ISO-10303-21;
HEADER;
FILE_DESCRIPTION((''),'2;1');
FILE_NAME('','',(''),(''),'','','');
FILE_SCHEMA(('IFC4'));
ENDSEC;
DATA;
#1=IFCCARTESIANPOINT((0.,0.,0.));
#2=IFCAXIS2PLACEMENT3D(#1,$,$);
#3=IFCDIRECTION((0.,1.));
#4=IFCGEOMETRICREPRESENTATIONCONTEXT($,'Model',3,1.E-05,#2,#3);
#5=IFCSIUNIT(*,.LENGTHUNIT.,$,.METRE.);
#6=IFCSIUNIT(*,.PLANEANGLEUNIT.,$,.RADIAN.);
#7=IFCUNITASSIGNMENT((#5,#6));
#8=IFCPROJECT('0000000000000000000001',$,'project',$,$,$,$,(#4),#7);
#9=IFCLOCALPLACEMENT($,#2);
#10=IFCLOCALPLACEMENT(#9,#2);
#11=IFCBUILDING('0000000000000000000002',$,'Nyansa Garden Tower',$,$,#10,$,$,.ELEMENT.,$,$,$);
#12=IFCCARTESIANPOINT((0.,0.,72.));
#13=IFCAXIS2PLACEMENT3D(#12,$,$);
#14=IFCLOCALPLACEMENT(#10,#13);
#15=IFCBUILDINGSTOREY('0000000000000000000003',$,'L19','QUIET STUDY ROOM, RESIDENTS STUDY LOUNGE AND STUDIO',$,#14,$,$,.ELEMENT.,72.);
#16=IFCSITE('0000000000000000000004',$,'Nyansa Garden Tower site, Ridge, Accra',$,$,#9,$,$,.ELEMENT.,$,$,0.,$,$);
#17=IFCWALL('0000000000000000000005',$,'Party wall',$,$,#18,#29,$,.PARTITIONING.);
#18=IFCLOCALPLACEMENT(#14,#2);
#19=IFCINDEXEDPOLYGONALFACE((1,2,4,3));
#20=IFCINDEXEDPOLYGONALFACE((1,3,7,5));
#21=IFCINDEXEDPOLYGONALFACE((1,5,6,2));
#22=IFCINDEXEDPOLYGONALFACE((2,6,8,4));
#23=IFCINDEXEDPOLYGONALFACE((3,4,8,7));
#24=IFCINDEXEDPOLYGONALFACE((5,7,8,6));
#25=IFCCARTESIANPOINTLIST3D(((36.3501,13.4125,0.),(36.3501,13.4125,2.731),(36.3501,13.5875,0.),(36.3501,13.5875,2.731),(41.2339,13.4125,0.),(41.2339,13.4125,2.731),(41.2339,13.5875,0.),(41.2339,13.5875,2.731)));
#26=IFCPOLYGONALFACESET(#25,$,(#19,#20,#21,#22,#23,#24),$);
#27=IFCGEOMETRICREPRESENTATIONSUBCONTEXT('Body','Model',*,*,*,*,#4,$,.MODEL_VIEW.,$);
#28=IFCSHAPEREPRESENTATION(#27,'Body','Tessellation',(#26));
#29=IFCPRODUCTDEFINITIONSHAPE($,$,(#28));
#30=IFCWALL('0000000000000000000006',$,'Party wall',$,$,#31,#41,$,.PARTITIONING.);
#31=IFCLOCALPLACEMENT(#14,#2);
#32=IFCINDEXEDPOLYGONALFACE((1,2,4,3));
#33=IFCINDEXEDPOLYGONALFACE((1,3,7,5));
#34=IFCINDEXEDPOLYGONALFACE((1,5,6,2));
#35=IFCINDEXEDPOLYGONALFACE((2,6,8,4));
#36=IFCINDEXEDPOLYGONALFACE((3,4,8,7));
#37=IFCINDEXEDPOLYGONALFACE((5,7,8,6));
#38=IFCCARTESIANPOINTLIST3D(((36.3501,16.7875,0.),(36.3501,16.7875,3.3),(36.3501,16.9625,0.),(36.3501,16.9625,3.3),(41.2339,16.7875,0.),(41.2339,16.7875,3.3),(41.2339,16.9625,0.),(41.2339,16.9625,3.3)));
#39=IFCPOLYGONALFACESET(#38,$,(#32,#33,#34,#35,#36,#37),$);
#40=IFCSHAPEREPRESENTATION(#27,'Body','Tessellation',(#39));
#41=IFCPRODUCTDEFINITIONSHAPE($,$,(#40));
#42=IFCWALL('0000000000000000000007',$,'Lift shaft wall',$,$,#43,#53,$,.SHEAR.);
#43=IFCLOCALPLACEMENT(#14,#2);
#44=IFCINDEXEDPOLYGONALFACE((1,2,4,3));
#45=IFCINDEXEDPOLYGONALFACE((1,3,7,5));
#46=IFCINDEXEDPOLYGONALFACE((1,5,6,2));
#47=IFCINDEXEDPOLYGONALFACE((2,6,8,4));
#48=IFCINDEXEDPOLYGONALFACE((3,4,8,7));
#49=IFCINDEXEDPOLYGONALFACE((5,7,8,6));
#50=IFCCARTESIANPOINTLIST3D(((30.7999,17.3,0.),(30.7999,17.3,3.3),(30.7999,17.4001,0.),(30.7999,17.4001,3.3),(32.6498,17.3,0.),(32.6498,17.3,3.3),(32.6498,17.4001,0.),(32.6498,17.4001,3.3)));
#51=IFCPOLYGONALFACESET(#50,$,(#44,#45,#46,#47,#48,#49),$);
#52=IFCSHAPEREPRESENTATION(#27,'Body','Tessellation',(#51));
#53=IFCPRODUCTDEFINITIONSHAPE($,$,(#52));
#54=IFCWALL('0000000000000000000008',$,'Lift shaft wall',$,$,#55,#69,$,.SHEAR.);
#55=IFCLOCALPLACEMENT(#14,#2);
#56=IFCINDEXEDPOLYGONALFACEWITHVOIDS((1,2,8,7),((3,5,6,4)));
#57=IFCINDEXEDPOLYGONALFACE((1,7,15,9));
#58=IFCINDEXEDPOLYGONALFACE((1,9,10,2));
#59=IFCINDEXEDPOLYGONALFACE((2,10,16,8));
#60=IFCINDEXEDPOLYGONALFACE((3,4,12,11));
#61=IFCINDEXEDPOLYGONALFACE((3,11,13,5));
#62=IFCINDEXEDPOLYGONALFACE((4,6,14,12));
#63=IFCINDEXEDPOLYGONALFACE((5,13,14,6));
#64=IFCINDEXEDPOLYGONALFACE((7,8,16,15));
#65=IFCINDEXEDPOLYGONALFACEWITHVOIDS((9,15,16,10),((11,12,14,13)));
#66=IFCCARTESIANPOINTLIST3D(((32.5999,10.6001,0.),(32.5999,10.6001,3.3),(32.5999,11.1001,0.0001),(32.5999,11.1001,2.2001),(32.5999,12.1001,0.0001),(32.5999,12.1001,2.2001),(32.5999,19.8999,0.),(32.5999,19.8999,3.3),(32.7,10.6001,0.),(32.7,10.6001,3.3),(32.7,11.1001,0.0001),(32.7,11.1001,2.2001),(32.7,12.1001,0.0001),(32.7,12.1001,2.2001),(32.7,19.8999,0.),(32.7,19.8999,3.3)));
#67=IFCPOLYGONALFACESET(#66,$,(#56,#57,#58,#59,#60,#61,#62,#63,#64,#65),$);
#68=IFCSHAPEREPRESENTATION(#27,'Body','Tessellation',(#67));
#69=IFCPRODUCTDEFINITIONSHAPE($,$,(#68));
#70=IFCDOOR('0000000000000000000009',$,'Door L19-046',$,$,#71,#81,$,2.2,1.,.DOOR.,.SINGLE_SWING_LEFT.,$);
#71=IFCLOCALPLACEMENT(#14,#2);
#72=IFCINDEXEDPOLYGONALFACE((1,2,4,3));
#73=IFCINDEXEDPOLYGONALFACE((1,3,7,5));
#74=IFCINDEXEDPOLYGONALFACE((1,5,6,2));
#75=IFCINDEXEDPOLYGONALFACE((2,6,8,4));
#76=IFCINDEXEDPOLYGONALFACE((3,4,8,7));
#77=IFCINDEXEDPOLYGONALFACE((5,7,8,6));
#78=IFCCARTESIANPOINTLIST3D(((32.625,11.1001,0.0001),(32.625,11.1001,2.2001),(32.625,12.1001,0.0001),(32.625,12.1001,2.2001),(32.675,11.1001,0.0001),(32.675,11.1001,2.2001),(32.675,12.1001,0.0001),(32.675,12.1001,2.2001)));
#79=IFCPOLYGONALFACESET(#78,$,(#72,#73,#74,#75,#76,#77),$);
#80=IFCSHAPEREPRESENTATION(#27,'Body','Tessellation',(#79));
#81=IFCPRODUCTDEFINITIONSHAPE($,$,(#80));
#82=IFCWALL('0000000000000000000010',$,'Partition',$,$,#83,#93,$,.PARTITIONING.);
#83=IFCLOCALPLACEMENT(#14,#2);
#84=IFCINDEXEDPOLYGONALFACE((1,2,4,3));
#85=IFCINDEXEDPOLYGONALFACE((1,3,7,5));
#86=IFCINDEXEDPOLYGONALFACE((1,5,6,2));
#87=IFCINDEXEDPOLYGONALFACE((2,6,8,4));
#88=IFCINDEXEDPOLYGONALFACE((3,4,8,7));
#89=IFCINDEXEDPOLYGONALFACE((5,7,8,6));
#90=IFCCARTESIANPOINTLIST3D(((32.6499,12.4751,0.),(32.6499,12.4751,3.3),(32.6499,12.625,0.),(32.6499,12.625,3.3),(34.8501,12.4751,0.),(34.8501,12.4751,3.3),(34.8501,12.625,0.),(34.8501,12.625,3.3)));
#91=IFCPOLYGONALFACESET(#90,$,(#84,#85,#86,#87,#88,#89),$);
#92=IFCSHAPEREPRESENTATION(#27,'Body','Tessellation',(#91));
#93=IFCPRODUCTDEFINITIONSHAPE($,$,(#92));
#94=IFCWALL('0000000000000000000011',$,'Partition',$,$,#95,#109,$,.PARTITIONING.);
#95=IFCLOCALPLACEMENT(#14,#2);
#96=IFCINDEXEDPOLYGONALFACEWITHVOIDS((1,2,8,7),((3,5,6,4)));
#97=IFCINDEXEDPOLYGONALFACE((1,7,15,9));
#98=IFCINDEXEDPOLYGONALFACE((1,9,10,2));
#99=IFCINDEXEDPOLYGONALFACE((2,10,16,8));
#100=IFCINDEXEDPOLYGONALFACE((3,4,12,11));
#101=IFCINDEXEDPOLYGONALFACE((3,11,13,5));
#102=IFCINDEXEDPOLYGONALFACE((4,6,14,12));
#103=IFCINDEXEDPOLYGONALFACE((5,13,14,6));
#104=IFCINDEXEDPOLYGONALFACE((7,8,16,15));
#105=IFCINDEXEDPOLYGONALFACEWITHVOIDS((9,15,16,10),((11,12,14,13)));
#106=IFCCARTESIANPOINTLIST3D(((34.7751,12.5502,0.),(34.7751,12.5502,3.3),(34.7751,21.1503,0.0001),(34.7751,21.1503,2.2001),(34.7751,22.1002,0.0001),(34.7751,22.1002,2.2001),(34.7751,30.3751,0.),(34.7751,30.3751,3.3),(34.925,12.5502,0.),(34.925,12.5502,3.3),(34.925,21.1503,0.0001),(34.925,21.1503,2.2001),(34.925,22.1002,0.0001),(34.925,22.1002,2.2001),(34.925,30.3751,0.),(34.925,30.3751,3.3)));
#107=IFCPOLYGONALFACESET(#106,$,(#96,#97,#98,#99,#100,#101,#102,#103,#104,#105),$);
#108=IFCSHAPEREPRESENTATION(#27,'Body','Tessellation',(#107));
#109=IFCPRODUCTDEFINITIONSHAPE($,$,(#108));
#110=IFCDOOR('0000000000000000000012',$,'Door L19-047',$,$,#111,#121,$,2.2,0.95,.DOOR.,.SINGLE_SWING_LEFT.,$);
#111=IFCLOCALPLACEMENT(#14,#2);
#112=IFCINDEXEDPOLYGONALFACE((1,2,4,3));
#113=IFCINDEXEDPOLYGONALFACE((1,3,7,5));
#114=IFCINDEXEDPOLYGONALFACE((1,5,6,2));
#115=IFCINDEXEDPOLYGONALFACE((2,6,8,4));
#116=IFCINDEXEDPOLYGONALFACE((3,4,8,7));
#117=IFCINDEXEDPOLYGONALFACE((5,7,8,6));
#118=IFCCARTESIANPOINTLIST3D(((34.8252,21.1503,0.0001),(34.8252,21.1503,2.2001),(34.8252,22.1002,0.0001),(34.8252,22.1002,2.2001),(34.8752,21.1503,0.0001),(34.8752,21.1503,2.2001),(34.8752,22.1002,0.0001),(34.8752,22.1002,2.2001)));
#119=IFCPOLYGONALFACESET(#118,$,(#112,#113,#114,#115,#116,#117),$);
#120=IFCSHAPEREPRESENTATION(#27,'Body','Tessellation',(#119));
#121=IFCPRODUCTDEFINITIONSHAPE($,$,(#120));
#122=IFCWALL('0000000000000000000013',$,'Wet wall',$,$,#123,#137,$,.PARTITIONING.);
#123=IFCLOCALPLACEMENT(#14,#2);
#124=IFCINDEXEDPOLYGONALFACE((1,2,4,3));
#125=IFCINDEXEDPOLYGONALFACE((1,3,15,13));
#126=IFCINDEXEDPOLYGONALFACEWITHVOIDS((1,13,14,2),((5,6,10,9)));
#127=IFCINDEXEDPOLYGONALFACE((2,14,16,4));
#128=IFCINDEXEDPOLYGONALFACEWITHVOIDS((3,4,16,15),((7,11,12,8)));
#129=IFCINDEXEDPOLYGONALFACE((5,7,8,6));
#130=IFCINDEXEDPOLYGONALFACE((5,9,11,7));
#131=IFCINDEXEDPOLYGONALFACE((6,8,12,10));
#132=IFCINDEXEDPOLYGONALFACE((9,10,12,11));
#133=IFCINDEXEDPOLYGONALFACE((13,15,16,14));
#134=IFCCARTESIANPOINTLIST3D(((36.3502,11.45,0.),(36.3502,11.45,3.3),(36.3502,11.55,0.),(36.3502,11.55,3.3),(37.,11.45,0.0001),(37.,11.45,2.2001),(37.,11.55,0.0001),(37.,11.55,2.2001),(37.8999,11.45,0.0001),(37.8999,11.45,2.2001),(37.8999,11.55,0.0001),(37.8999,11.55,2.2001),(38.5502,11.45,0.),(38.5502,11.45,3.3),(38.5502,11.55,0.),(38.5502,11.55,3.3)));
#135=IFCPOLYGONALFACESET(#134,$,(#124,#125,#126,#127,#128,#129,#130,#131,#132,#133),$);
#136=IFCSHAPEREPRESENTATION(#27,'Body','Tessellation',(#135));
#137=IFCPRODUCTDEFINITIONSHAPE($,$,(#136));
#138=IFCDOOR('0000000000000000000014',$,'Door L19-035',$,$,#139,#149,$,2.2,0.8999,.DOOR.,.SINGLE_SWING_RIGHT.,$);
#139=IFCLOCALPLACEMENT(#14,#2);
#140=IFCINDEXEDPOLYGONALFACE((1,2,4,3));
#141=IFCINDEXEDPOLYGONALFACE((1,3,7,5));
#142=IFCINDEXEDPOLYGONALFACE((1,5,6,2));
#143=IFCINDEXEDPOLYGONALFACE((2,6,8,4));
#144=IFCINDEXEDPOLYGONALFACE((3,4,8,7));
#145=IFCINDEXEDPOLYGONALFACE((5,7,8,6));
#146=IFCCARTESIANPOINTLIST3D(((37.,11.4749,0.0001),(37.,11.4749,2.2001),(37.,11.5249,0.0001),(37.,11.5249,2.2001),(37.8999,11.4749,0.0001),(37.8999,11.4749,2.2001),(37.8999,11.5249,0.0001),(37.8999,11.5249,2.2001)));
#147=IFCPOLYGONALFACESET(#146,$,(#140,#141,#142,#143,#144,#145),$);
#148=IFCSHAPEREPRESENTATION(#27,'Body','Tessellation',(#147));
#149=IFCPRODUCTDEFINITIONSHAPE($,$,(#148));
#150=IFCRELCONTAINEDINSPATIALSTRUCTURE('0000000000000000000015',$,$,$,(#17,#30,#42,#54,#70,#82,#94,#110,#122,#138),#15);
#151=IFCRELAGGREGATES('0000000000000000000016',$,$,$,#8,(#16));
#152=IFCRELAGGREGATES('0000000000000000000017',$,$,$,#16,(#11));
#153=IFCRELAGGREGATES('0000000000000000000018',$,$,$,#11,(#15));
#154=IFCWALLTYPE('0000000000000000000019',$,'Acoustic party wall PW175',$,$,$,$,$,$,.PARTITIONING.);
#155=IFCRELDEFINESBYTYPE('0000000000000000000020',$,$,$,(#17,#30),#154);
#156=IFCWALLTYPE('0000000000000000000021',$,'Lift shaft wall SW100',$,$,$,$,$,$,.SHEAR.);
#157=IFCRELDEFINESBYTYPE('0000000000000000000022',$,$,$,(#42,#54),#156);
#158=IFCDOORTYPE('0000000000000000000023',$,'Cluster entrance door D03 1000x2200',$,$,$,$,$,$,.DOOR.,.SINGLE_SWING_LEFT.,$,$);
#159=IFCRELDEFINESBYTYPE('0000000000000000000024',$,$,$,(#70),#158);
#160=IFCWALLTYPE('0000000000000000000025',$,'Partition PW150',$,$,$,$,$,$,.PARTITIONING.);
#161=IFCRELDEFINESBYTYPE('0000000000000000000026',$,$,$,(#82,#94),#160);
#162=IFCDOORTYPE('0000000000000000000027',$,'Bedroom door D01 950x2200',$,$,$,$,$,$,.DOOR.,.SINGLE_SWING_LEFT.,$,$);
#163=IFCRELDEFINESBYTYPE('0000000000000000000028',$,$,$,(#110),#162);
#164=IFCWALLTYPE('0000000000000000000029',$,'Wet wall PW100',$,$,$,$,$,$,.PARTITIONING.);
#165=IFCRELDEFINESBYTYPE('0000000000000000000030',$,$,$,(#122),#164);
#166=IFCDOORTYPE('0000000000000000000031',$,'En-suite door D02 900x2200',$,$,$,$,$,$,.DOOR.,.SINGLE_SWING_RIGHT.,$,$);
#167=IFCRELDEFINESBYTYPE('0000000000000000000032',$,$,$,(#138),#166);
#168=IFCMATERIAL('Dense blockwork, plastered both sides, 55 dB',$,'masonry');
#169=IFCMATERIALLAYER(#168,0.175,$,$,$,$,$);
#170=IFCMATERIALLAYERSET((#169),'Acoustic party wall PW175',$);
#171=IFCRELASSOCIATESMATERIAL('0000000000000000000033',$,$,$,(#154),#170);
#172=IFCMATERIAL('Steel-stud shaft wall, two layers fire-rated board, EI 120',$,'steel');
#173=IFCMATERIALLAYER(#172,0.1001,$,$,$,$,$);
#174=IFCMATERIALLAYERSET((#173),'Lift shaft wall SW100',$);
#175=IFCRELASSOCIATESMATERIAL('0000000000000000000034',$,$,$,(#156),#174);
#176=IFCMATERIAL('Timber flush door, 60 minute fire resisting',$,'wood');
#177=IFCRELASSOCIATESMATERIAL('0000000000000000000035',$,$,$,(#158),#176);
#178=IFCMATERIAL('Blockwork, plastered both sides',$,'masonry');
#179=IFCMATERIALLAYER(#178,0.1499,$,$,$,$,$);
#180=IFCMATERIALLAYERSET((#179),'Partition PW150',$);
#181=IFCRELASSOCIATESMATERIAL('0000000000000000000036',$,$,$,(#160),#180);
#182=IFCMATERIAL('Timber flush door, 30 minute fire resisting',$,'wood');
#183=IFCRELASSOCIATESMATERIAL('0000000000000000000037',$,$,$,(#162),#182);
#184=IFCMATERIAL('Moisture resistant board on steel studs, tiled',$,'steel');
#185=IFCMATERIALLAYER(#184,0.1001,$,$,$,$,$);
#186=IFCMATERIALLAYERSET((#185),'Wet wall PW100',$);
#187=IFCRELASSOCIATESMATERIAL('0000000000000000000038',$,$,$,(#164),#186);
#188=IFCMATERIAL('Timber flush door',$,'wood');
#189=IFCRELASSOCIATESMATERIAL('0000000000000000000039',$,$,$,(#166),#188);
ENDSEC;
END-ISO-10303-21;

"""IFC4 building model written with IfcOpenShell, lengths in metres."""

from ifc_helpers import new_model, si_unit, direction, frame, frame_2d, origin, place, context, subcontext, project, spatial, rectangle, extrude, material, layer, layer_set, type_object, element, fill, save


model = new_model("IFC4")

# Units and contexts
model_context = context("Model", 3, precision=1e-05, world=origin(), true_north=direction((0.0, 1.0)))
body_context = subcontext(model_context, "Body", "Model", "MODEL_VIEW")
ifc_project = project(units=[si_unit("LENGTHUNIT", "METRE"), si_unit("PLANEANGLEUNIT", "RADIAN")], contexts=[model_context])

# Site, building, storey
site_placement = place(None, origin())
site = spatial("IfcSite", under=ifc_project, at=site_placement, Name="Nyansa Garden Tower site, Ridge, Accra", CompositionType="ELEMENT", RefElevation=0.0)
building_placement = place(site_placement, origin())
building = spatial("IfcBuilding", under=site, at=building_placement, Name="Nyansa Garden Tower", CompositionType="ELEMENT")
storey_placement = place(building_placement, frame((0.0, 0.0, 72.0)))
storey = spatial("IfcBuildingStorey", under=building, at=storey_placement, Name="L19", Description="QUIET STUDY ROOM, RESIDENTS STUDY LOUNGE AND STUDIO", CompositionType="ELEMENT", Elevation=72.0)

# Walls
ifc_material_1 = material(Name="Dense blockwork, plastered both sides, 55 dB", Category="masonry")
ifc_layer_1 = layer(ifc_material_1, 0.175)
ifc_layer_set_1 = layer_set([ifc_layer_1], Name="Acoustic party wall PW175")
wall_type_1 = type_object("IfcWallType", Name="Acoustic party wall PW175", PredefinedType="PARTITIONING", material=ifc_layer_set_1)
wall_1_placement = place(storey_placement, frame((36.3501, 13.5, 0.0), z_axis=(0.0, 0.0, 1.0), x_axis=(1.0, 0.0, 0.0)))
element("IfcWall", 1, at=wall_1_placement, inside=storey, type_object=wall_type_1, Name="Party wall", PredefinedType="PARTITIONING", context=body_context, shape_type="SweptSolid", body=[
    extrude(rectangle(XDim=4.8838, YDim=0.175, at=frame_2d((2.4419, 0.0))), origin(), (0.0, 0.0, 1.0), 2.731),
])
wall_2_placement = place(storey_placement, frame((36.3501, 16.875, 0.0), z_axis=(0.0, 0.0, 1.0), x_axis=(1.0, 0.0, 0.0)))
element("IfcWall", 2, at=wall_2_placement, inside=storey, type_object=wall_type_1, Name="Party wall", PredefinedType="PARTITIONING", context=body_context, shape_type="SweptSolid", body=[
    extrude(rectangle(XDim=4.8838, YDim=0.175, at=frame_2d((2.4419, 0.0))), origin(), (0.0, 0.0, 1.0), 3.3),
])
ifc_material_2 = material(Name="Steel-stud shaft wall, two layers fire-rated board, EI 120", Category="steel")
ifc_layer_2 = layer(ifc_material_2, 0.1001)
ifc_layer_set_2 = layer_set([ifc_layer_2], Name="Lift shaft wall SW100")
wall_type_2 = type_object("IfcWallType", Name="Lift shaft wall SW100", PredefinedType="SHEAR", material=ifc_layer_set_2)
wall_3_placement = place(storey_placement, frame((30.8, 17.3501, 0.0), z_axis=(0.0, 0.0, 1.0), x_axis=(1.0, 0.0, 0.0)))
element("IfcWall", 3, at=wall_3_placement, inside=storey, type_object=wall_type_2, Name="Lift shaft wall", PredefinedType="SHEAR", context=body_context, shape_type="SweptSolid", body=[
    extrude(rectangle(XDim=1.8499, YDim=0.1001, at=frame_2d((0.9248, 0.0))), origin(), (0.0, 0.0, 1.0), 3.3),
])

# Wall, opening, door
wall_4_placement = place(storey_placement, frame((32.6499, 10.6001, 0.0), z_axis=(0.0, 0.0, 1.0), x_axis=(0.0, 1.0, 0.0)))
wall_4 = element("IfcWall", 4, at=wall_4_placement, inside=storey, type_object=wall_type_2, Name="Lift shaft wall", PredefinedType="SHEAR", context=body_context, shape_type="SweptSolid", body=[
    extrude(rectangle(XDim=9.2998, YDim=0.1001, at=frame_2d((4.6499, 0.0))), origin(), (0.0, 0.0, 1.0), 3.3),
])
opening_1_placement = place(wall_4_placement, frame((0.5, 0.0, 0.0)))
opening_1 = element("IfcOpeningElement", 5, at=opening_1_placement, cuts=wall_4, PredefinedType="OPENING", context=body_context, shape_type="SweptSolid", body=[
    extrude(rectangle(XDim=1.0, YDim=2.2, at=frame_2d((0.5, 1.1001))), frame((0.0, 0.0601, 0.0), z_axis=(0.0, -1.0, 0.0), x_axis=(1.0, 0.0, 0.0)), (0.0, 0.0, 1.0), 0.1201),
])
ifc_material_3 = material(Name="Timber flush door, 60 minute fire resisting", Category="wood")
door_type_1 = type_object("IfcDoorType", Name="Cluster entrance door D03 1000x2200", OperationType="SINGLE_SWING_LEFT", PredefinedType="DOOR", material=ifc_material_3)
door_1_placement = place(opening_1_placement, origin())
door_1 = element("IfcDoor", 6, at=door_1_placement, inside=storey, type_object=door_type_1, Name="Door L19-046", OperationType="SINGLE_SWING_LEFT", OverallHeight=2.2, OverallWidth=1.0, PredefinedType="DOOR", context=body_context, shape_type="SweptSolid", body=[
    extrude(rectangle(XDim=1.0, YDim=2.2, at=frame_2d((0.5, 1.1001))), frame((0.0, 0.0249, 0.0), z_axis=(0.0, -1.0, 0.0), x_axis=(1.0, 0.0, 0.0)), (0.0, 0.0, 1.0), 0.05),
])
fill(opening_1, door_1)

# Wall
ifc_material_4 = material(Name="Blockwork, plastered both sides", Category="masonry")
ifc_layer_3 = layer(ifc_material_4, 0.1499)
ifc_layer_set_3 = layer_set([ifc_layer_3], Name="Partition PW150")
wall_type_3 = type_object("IfcWallType", Name="Partition PW150", PredefinedType="PARTITIONING", material=ifc_layer_set_3)
wall_5_placement = place(storey_placement, frame((32.6499, 12.55, 0.0), z_axis=(0.0, 0.0, 1.0), x_axis=(1.0, 0.0, 0.0)))
element("IfcWall", 7, at=wall_5_placement, inside=storey, type_object=wall_type_3, Name="Partition", PredefinedType="PARTITIONING", context=body_context, shape_type="SweptSolid", body=[
    extrude(rectangle(XDim=2.2002, YDim=0.1499, at=frame_2d((1.1001, 0.0))), origin(), (0.0, 0.0, 1.0), 3.3),
])

# Walls, openings, doors
wall_6_placement = place(storey_placement, frame((34.8501, 12.55, 0.0), z_axis=(0.0, 0.0, 1.0), x_axis=(0.0, 1.0, 0.0)))
wall_6 = element("IfcWall", 8, at=wall_6_placement, inside=storey, type_object=wall_type_3, Name="Partition", PredefinedType="PARTITIONING", context=body_context, shape_type="SweptSolid", body=[
    extrude(rectangle(XDim=17.825, YDim=0.1499, at=frame_2d((8.9126, 0.0))), origin(), (0.0, 0.0, 1.0), 3.3),
])
opening_2_placement = place(wall_6_placement, frame((8.6001, 0.0, 0.0)))
opening_2 = element("IfcOpeningElement", 9, at=opening_2_placement, cuts=wall_6, PredefinedType="OPENING", context=body_context, shape_type="SweptSolid", body=[
    extrude(rectangle(XDim=0.95, YDim=2.2, at=frame_2d((0.4751, 1.1001))), frame((0.0, 0.085, 0.0), z_axis=(0.0, -1.0, 0.0), x_axis=(1.0, 0.0, 0.0)), (0.0, 0.0, 1.0), 0.1699),
])
ifc_material_5 = material(Name="Timber flush door, 30 minute fire resisting", Category="wood")
door_type_2 = type_object("IfcDoorType", Name="Bedroom door D01 950x2200", OperationType="SINGLE_SWING_LEFT", PredefinedType="DOOR", material=ifc_material_5)
door_2_placement = place(opening_2_placement, origin())
door_2 = element("IfcDoor", 10, at=door_2_placement, inside=storey, type_object=door_type_2, Name="Door L19-047", OperationType="SINGLE_SWING_LEFT", OverallHeight=2.2, OverallWidth=0.95, PredefinedType="DOOR", context=body_context, shape_type="SweptSolid", body=[
    extrude(rectangle(XDim=0.95, YDim=2.2, at=frame_2d((0.4751, 1.1001))), frame((0.0, 0.0249, 0.0), z_axis=(0.0, -1.0, 0.0), x_axis=(1.0, 0.0, 0.0)), (0.0, 0.0, 1.0), 0.05),
])
fill(opening_2, door_2)
ifc_material_6 = material(Name="Moisture resistant board on steel studs, tiled", Category="steel")
ifc_layer_4 = layer(ifc_material_6, 0.1001)
ifc_layer_set_4 = layer_set([ifc_layer_4], Name="Wet wall PW100")
wall_type_4 = type_object("IfcWallType", Name="Wet wall PW100", PredefinedType="PARTITIONING", material=ifc_layer_set_4)
wall_7_placement = place(storey_placement, frame((36.3501, 11.5, 0.0), z_axis=(0.0, 0.0, 1.0), x_axis=(1.0, 0.0, 0.0)))
wall_7 = element("IfcWall", 11, at=wall_7_placement, inside=storey, type_object=wall_type_4, Name="Wet wall", PredefinedType="PARTITIONING", context=body_context, shape_type="SweptSolid", body=[
    extrude(rectangle(XDim=2.2, YDim=0.1001, at=frame_2d((1.1001, 0.0))), origin(), (0.0, 0.0, 1.0), 3.3),
])
opening_3_placement = place(wall_7_placement, frame((0.6499, 0.0, 0.0)))
opening_3 = element("IfcOpeningElement", 12, at=opening_3_placement, cuts=wall_7, PredefinedType="OPENING", context=body_context, shape_type="SweptSolid", body=[
    extrude(rectangle(XDim=0.8999, YDim=2.2, at=frame_2d((0.45, 1.1001))), frame((0.0, 0.0601, 0.0), z_axis=(0.0, -1.0, 0.0), x_axis=(1.0, 0.0, 0.0)), (0.0, 0.0, 1.0), 0.1201),
])
ifc_material_7 = material(Name="Timber flush door", Category="wood")
door_type_3 = type_object("IfcDoorType", Name="En-suite door D02 900x2200", OperationType="SINGLE_SWING_RIGHT", PredefinedType="DOOR", material=ifc_material_7)
door_3_placement = place(opening_3_placement, origin())
door_3 = element("IfcDoor", 13, at=door_3_placement, inside=storey, type_object=door_type_3, Name="Door L19-035", OperationType="SINGLE_SWING_RIGHT", OverallHeight=2.2, OverallWidth=0.8999, PredefinedType="DOOR", context=body_context, shape_type="SweptSolid", body=[
    extrude(rectangle(XDim=0.8999, YDim=2.2, at=frame_2d((0.45, 1.1001))), frame((0.0, 0.0249, 0.0), z_axis=(0.0, -1.0, 0.0), x_axis=(1.0, 0.0, 0.0)), (0.0, 0.0, 1.0), 0.05),
])
fill(opening_3, door_3)

save(model, "model.ifc")
